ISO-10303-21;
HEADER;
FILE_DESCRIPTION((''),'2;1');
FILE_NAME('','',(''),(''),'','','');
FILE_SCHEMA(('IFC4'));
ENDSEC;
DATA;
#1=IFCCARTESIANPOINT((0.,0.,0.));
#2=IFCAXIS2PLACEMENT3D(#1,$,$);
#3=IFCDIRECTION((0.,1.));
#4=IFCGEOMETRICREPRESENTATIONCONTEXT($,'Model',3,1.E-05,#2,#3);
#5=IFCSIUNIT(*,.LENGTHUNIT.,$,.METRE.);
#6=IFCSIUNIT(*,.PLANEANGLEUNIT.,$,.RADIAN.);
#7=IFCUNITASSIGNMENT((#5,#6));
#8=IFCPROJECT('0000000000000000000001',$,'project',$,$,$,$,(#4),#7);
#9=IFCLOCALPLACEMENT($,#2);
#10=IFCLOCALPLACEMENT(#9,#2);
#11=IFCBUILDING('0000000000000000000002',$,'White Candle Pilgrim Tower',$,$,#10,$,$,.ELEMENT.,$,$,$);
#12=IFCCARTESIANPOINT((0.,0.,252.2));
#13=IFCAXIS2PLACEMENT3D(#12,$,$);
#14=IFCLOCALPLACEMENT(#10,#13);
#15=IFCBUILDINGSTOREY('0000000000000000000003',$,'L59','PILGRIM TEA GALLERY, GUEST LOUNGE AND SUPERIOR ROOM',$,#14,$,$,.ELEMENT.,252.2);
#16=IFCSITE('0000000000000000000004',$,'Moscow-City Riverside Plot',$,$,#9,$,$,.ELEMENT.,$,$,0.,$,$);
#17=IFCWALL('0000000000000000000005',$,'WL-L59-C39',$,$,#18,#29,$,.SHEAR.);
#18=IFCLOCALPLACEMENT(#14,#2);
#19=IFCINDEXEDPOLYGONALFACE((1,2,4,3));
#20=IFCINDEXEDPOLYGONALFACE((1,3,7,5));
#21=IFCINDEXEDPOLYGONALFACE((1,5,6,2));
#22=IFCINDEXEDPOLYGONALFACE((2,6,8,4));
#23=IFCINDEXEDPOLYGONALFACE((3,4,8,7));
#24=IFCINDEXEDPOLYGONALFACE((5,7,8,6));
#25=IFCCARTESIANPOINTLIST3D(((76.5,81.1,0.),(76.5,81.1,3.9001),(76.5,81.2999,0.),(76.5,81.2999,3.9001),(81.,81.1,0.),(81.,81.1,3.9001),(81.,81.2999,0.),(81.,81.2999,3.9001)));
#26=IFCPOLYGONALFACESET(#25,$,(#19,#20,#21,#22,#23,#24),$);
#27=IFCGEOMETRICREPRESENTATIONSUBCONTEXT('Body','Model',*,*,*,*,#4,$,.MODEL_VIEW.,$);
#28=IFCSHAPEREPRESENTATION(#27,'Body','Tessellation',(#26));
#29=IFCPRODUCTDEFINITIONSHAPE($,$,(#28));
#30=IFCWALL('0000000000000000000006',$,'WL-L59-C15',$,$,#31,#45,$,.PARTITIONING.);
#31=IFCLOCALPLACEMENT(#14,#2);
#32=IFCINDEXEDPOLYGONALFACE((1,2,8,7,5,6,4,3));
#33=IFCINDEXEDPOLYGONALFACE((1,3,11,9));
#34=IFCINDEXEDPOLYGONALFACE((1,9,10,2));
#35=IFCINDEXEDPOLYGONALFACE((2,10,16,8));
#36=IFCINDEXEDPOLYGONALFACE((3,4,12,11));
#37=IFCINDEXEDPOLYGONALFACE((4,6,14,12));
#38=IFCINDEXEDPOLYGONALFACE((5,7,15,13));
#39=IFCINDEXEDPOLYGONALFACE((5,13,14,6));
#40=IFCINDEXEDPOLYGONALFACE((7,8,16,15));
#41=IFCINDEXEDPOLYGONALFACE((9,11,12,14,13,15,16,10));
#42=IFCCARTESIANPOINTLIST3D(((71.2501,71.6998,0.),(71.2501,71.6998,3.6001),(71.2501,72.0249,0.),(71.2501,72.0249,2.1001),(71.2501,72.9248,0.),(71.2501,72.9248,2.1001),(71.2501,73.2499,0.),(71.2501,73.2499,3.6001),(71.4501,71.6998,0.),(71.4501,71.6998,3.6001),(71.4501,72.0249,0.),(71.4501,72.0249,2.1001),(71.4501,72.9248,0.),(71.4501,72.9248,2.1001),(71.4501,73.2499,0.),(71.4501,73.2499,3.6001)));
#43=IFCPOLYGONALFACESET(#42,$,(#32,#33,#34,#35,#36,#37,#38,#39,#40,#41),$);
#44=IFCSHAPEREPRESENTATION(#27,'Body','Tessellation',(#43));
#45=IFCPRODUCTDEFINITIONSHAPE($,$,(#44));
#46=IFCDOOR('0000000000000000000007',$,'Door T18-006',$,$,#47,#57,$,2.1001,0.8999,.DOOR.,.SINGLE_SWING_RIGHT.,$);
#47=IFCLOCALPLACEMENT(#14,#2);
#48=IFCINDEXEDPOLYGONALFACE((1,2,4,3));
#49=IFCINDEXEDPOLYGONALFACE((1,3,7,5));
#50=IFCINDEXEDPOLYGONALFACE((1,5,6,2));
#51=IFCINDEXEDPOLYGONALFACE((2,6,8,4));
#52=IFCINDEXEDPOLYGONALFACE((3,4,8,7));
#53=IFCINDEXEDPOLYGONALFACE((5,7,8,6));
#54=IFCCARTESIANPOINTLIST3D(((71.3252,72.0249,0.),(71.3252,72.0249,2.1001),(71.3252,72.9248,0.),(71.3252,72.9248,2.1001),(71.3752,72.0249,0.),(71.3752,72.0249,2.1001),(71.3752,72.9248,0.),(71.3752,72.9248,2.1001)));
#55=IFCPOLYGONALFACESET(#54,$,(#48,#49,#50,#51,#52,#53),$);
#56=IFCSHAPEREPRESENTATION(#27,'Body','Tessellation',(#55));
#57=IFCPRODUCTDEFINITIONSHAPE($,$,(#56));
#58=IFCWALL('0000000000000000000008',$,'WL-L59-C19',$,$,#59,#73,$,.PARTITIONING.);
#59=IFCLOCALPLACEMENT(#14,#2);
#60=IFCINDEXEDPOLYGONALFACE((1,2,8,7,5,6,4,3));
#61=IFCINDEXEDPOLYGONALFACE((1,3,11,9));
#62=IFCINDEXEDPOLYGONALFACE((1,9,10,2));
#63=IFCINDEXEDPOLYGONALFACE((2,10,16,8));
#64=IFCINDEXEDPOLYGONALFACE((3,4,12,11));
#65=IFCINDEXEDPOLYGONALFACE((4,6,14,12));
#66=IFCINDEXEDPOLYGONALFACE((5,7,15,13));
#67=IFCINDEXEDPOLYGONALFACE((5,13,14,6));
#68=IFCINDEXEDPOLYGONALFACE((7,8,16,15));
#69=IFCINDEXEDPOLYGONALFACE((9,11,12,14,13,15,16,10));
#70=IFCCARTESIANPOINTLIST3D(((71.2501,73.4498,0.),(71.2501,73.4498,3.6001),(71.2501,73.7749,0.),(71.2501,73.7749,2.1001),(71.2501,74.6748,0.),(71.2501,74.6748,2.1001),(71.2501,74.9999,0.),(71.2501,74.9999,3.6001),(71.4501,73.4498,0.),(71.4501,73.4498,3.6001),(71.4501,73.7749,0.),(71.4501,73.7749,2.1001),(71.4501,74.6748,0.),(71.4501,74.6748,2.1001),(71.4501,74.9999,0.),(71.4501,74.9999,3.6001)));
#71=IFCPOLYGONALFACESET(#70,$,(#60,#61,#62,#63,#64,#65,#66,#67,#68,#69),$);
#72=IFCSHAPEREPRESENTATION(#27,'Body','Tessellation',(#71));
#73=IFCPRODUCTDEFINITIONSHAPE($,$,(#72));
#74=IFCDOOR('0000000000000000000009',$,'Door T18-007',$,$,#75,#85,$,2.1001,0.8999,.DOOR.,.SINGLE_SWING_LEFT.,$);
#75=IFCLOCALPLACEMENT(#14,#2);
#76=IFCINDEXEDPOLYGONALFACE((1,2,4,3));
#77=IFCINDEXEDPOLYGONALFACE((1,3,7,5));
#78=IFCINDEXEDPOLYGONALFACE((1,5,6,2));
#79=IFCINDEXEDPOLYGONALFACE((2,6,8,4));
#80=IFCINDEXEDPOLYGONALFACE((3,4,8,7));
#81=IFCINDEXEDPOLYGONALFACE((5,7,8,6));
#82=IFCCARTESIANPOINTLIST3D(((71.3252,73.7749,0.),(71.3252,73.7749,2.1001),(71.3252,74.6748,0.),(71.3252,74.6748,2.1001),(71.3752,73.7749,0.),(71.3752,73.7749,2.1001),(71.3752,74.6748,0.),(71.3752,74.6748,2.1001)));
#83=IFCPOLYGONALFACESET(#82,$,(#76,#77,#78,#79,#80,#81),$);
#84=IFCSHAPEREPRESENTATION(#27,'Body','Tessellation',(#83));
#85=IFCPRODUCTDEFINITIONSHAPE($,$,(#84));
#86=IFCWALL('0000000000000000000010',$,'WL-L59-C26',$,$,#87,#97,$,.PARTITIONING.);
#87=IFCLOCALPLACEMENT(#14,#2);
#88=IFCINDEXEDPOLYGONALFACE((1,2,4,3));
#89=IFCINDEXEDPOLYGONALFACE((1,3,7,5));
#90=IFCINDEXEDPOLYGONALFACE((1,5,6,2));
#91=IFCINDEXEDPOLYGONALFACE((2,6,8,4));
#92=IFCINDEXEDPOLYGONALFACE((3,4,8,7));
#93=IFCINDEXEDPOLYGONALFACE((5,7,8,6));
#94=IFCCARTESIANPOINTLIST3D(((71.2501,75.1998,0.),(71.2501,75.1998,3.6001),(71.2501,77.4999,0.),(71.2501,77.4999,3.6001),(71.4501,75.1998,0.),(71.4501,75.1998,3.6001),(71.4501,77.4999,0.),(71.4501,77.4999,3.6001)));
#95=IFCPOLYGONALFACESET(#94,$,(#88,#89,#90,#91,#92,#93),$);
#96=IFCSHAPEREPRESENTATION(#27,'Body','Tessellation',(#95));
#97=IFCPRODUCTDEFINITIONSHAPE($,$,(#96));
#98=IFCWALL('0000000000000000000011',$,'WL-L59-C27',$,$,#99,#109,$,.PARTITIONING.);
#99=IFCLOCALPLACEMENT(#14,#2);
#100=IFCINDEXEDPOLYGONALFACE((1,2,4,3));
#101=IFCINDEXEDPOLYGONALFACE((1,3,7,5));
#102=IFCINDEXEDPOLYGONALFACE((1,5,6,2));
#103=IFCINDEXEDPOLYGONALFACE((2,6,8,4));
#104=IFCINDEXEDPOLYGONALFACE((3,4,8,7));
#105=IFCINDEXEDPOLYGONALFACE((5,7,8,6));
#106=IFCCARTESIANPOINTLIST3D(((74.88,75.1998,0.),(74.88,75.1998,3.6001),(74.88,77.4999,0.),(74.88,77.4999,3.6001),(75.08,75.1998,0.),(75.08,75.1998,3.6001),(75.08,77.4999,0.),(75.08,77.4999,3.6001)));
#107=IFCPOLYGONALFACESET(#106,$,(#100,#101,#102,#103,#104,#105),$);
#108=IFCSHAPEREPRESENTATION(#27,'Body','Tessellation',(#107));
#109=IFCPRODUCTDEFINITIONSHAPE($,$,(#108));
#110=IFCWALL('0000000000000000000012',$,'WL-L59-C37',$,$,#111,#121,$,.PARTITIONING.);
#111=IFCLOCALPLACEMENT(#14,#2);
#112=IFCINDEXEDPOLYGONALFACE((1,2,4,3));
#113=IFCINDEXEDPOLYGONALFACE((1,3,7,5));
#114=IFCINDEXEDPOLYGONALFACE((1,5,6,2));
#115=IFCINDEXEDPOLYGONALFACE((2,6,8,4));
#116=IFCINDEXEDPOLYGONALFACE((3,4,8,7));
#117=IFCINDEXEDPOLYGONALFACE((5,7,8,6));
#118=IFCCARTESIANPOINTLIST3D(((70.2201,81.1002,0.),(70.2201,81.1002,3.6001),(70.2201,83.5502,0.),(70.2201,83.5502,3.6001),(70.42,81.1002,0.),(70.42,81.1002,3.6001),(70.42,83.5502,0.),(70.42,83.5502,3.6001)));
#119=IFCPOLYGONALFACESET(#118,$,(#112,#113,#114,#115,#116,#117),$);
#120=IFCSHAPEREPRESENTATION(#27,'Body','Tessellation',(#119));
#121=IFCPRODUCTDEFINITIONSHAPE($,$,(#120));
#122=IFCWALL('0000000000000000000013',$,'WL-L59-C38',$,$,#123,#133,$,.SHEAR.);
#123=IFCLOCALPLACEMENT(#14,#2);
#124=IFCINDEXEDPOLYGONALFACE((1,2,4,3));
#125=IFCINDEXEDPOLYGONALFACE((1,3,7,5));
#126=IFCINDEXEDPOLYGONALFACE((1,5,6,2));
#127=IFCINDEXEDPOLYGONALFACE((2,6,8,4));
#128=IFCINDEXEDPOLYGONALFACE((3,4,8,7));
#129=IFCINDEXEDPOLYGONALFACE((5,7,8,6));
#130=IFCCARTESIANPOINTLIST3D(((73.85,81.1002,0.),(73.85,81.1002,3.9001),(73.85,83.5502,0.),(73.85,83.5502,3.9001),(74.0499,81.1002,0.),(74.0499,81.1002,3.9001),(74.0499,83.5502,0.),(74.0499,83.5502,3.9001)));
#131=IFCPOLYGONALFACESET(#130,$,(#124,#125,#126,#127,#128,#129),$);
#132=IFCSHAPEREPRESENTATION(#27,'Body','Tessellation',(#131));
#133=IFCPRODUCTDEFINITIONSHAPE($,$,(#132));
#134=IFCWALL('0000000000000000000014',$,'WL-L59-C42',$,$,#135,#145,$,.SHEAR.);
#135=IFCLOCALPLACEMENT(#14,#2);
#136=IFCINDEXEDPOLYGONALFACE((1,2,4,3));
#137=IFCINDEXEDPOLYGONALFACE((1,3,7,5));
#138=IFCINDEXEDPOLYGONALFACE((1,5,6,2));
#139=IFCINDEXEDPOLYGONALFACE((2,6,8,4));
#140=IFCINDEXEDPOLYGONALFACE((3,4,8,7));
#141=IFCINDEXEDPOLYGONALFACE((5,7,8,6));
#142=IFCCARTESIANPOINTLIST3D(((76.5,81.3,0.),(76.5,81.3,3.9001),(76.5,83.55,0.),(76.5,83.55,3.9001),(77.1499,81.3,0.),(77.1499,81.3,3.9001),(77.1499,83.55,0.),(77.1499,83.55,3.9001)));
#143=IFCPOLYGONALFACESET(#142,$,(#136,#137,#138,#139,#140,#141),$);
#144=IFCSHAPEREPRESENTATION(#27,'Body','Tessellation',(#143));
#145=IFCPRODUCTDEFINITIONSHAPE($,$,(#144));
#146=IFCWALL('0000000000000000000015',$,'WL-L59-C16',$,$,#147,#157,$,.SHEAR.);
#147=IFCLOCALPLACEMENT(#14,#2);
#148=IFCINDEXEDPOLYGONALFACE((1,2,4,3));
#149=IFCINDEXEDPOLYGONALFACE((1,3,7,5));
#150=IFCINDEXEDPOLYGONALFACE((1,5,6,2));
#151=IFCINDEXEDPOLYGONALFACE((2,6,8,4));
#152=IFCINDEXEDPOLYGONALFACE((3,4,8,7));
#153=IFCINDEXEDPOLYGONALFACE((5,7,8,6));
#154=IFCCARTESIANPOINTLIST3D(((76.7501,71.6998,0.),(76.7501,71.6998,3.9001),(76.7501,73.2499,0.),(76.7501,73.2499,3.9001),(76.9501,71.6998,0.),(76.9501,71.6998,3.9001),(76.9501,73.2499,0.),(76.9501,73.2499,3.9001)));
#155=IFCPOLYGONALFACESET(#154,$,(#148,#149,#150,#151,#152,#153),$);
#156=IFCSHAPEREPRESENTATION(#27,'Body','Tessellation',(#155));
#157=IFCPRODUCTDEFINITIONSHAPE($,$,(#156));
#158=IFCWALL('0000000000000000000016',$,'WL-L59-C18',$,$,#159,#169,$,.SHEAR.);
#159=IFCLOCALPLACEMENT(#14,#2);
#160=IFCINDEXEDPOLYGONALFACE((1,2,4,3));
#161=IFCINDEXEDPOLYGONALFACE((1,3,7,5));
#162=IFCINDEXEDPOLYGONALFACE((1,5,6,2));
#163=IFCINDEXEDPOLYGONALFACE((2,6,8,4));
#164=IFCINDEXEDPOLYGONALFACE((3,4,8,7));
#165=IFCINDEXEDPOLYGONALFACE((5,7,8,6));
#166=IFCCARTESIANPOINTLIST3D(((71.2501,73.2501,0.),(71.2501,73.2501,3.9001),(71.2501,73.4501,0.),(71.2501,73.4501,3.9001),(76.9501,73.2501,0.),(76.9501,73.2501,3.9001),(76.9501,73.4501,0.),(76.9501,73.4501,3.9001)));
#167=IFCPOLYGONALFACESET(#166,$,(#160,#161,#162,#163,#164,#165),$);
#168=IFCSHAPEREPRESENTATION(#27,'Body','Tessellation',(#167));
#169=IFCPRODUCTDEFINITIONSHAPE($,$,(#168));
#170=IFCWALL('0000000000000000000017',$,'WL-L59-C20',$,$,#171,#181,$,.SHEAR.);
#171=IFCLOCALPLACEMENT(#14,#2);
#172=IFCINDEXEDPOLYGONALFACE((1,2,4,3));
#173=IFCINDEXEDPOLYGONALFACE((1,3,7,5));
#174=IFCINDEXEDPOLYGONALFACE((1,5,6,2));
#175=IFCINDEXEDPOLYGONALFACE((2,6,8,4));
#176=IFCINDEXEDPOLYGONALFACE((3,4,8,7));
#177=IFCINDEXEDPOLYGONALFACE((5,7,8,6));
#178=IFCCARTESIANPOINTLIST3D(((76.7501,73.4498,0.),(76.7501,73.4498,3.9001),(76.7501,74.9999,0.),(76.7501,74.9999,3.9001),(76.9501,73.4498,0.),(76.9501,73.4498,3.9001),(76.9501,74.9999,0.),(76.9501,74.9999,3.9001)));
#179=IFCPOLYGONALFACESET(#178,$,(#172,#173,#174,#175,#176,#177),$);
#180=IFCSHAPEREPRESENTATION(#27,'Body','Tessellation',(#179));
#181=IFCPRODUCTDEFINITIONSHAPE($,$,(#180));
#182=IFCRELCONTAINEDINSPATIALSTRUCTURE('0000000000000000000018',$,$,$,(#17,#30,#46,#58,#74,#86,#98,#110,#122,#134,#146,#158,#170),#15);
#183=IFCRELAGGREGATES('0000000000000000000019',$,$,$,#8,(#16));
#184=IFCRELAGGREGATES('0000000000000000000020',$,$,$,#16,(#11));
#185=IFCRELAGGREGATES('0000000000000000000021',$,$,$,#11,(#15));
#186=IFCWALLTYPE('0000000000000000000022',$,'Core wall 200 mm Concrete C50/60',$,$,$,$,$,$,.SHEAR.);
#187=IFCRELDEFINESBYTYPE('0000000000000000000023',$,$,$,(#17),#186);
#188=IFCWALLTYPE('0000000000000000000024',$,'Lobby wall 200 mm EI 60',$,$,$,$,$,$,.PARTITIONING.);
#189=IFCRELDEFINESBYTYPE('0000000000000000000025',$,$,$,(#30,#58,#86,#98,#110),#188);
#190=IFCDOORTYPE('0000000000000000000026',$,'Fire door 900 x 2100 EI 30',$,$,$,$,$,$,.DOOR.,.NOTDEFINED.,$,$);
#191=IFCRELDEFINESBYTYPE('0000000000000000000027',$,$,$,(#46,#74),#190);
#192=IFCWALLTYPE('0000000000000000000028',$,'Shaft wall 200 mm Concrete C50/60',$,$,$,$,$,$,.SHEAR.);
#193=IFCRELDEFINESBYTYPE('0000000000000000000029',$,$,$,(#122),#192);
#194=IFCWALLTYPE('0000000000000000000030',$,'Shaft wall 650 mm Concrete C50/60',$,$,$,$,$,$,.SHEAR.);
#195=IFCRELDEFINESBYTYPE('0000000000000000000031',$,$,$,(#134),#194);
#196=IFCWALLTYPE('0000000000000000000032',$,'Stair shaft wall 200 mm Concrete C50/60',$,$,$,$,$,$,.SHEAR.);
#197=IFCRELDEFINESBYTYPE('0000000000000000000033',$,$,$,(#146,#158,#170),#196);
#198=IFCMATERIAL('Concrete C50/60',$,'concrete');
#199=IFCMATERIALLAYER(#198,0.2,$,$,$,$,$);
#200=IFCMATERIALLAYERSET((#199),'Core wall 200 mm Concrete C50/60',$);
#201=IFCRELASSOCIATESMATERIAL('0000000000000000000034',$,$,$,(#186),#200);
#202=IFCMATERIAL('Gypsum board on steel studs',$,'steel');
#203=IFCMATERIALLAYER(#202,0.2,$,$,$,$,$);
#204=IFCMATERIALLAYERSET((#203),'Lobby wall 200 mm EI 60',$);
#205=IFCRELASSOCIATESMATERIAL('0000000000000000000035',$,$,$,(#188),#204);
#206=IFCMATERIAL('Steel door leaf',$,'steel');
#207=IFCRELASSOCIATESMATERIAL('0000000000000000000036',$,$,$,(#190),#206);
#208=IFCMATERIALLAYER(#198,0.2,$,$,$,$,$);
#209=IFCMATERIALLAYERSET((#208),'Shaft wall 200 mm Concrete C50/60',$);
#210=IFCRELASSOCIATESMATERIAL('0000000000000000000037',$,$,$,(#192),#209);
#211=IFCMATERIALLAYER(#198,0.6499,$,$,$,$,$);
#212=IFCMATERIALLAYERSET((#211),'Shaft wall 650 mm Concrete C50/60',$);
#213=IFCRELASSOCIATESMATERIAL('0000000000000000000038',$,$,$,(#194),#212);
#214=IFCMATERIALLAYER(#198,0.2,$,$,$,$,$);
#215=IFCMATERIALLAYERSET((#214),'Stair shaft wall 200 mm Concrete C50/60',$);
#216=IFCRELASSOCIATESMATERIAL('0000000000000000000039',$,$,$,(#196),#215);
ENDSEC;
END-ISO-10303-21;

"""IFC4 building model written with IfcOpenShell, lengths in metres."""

from ifc_helpers import new_model, si_unit, direction, frame, frame_2d, origin, place, context, subcontext, project, spatial, rectangle, extrude, material, layer, layer_set, type_object, element, fill, save


model = new_model("IFC4")

# Units and contexts
model_context = context("Model", 3, precision=1e-05, world=origin(), true_north=direction((0.0, 1.0)))
body_context = subcontext(model_context, "Body", "Model", "MODEL_VIEW")
ifc_project = project(units=[si_unit("LENGTHUNIT", "METRE"), si_unit("PLANEANGLEUNIT", "RADIAN")], contexts=[model_context])

# Site, building, storey
site_placement = place(None, origin())
site = spatial("IfcSite", under=ifc_project, at=site_placement, Name="Moscow-City Riverside Plot", CompositionType="ELEMENT", RefElevation=0.0)
building_placement = place(site_placement, origin())
building = spatial("IfcBuilding", under=site, at=building_placement, Name="White Candle Pilgrim Tower", CompositionType="ELEMENT")
storey_placement = place(building_placement, frame((0.0, 0.0, 252.2)))
storey = spatial("IfcBuildingStorey", under=building, at=storey_placement, Name="L59", Description="PILGRIM TEA GALLERY, GUEST LOUNGE AND SUPERIOR ROOM", CompositionType="ELEMENT", Elevation=252.2)

# Wall
ifc_material_1 = material(Name="Concrete C50/60", Category="concrete")
ifc_layer_1 = layer(ifc_material_1, 0.2)
ifc_layer_set_1 = layer_set([ifc_layer_1], Name="Core wall 200 mm Concrete C50/60")
wall_type_1 = type_object("IfcWallType", Name="Core wall 200 mm Concrete C50/60", PredefinedType="SHEAR", material=ifc_layer_set_1)
wall_1_placement = place(storey_placement, frame((76.5, 81.2, 0.0), z_axis=(0.0, 0.0, 1.0), x_axis=(1.0, 0.0, 0.0)))
element("IfcWall", 1, at=wall_1_placement, inside=storey, type_object=wall_type_1, Name="WL-L59-C39", PredefinedType="SHEAR", context=body_context, shape_type="SweptSolid", body=[
    extrude(rectangle(XDim=4.5, YDim=0.2, at=frame_2d((2.25, 0.0))), origin(), (0.0, 0.0, 1.0), 3.9001),
])

# Walls, openings, doors
ifc_material_2 = material(Name="Gypsum board on steel studs", Category="steel")
ifc_layer_2 = layer(ifc_material_2, 0.2)
ifc_layer_set_2 = layer_set([ifc_layer_2], Name="Lobby wall 200 mm EI 60")
wall_type_2 = type_object("IfcWallType", Name="Lobby wall 200 mm EI 60", PredefinedType="PARTITIONING", material=ifc_layer_set_2)
wall_2_placement = place(storey_placement, frame((71.3501, 71.7, 0.0), z_axis=(0.0, 0.0, 1.0), x_axis=(0.0, 1.0, 0.0)))
wall_2 = element("IfcWall", 2, at=wall_2_placement, inside=storey, type_object=wall_type_2, Name="WL-L59-C15", PredefinedType="PARTITIONING", context=body_context, shape_type="SweptSolid", body=[
    extrude(rectangle(XDim=1.55, YDim=0.2, at=frame_2d((0.7749, 0.0))), origin(), (0.0, 0.0, 1.0), 3.6001),
])
opening_1_placement = place(wall_2_placement, frame((0.325, 0.0, 0.0)))
opening_1 = element("IfcOpeningElement", 3, at=opening_1_placement, cuts=wall_2, PredefinedType="OPENING", context=body_context, shape_type="SweptSolid", body=[
    extrude(rectangle(XDim=0.8999, YDim=2.1001, at=frame_2d((0.45, 1.05))), frame((0.0, 0.1099, 0.0), z_axis=(0.0, -1.0, 0.0), x_axis=(1.0, 0.0, 0.0)), (0.0, 0.0, 1.0), 0.22),
])
ifc_material_3 = material(Name="Steel door leaf", Category="steel")
door_type = type_object("IfcDoorType", Name="Fire door 900 x 2100 EI 30", OperationType="NOTDEFINED", PredefinedType="DOOR", material=ifc_material_3)
door_1_placement = place(opening_1_placement, origin())
door_1 = element("IfcDoor", 4, at=door_1_placement, inside=storey, type_object=door_type, Name="Door T18-006", OperationType="SINGLE_SWING_RIGHT", OverallHeight=2.1001, OverallWidth=0.8999, PredefinedType="DOOR", context=body_context, shape_type="SweptSolid", body=[
    extrude(rectangle(XDim=0.8999, YDim=2.1001, at=frame_2d((0.45, 1.05))), frame((0.0, 0.0249, 0.0), z_axis=(0.0, -1.0, 0.0), x_axis=(1.0, 0.0, 0.0)), (0.0, 0.0, 1.0), 0.05),
])
fill(opening_1, door_1)
wall_3_placement = place(storey_placement, frame((71.3501, 73.45, 0.0), z_axis=(0.0, 0.0, 1.0), x_axis=(0.0, 1.0, 0.0)))
wall_3 = element("IfcWall", 5, at=wall_3_placement, inside=storey, type_object=wall_type_2, Name="WL-L59-C19", PredefinedType="PARTITIONING", context=body_context, shape_type="SweptSolid", body=[
    extrude(rectangle(XDim=1.55, YDim=0.2, at=frame_2d((0.7749, 0.0))), origin(), (0.0, 0.0, 1.0), 3.6001),
])
opening_2_placement = place(wall_3_placement, frame((0.325, 0.0, 0.0)))
opening_2 = element("IfcOpeningElement", 6, at=opening_2_placement, cuts=wall_3, PredefinedType="OPENING", context=body_context, shape_type="SweptSolid", body=[
    extrude(rectangle(XDim=0.8999, YDim=2.1001, at=frame_2d((0.45, 1.05))), frame((0.0, 0.1099, 0.0), z_axis=(0.0, -1.0, 0.0), x_axis=(1.0, 0.0, 0.0)), (0.0, 0.0, 1.0), 0.22),
])
door_2_placement = place(opening_2_placement, origin())
door_2 = element("IfcDoor", 7, at=door_2_placement, inside=storey, type_object=door_type, Name="Door T18-007", OperationType="SINGLE_SWING_LEFT", OverallHeight=2.1001, OverallWidth=0.8999, PredefinedType="DOOR", context=body_context, shape_type="SweptSolid", body=[
    extrude(rectangle(XDim=0.8999, YDim=2.1001, at=frame_2d((0.45, 1.05))), frame((0.0, 0.0249, 0.0), z_axis=(0.0, -1.0, 0.0), x_axis=(1.0, 0.0, 0.0)), (0.0, 0.0, 1.0), 0.05),
])
fill(opening_2, door_2)

# Walls
for number, where, z_axis, x_axis, name in (
    (8, (71.3501, 75.2, 0.0), (0.0, 0.0, 1.0), (0.0, 1.0, 0.0), "WL-L59-C26"),
    (9, (74.98, 75.2, 0.0), (0.0, 0.0, 1.0), (0.0, 1.0, 0.0), "WL-L59-C27"),
):
    element("IfcWall", number, at=place(storey_placement, frame(where, z_axis=z_axis, x_axis=x_axis)), inside=storey, type_object=wall_type_2, Name=name, PredefinedType="PARTITIONING", context=body_context, shape_type="SweptSolid", body=[
        extrude(rectangle(XDim=2.3, YDim=0.2, at=frame_2d((1.1499, 0.0))), origin(), (0.0, 0.0, 1.0), 3.6001),
    ])
wall_4_placement = place(storey_placement, frame((70.3201, 81.1001, 0.0), z_axis=(0.0, 0.0, 1.0), x_axis=(0.0, 1.0, 0.0)))
element("IfcWall", 10, at=wall_4_placement, inside=storey, type_object=wall_type_2, Name="WL-L59-C37", PredefinedType="PARTITIONING", context=body_context, shape_type="SweptSolid", body=[
    extrude(rectangle(XDim=2.45, YDim=0.2, at=frame_2d((1.2251, 0.0))), origin(), (0.0, 0.0, 1.0), 3.6001),
])
ifc_layer_3 = layer(ifc_material_1, 0.2)
ifc_layer_set_3 = layer_set([ifc_layer_3], Name="Shaft wall 200 mm Concrete C50/60")
wall_type_3 = type_object("IfcWallType", Name="Shaft wall 200 mm Concrete C50/60", PredefinedType="SHEAR", material=ifc_layer_set_3)
wall_5_placement = place(storey_placement, frame((73.95, 81.1001, 0.0), z_axis=(0.0, 0.0, 1.0), x_axis=(0.0, 1.0, 0.0)))
element("IfcWall", 11, at=wall_5_placement, inside=storey, type_object=wall_type_3, Name="WL-L59-C38", PredefinedType="SHEAR", context=body_context, shape_type="SweptSolid", body=[
    extrude(rectangle(XDim=2.45, YDim=0.2, at=frame_2d((1.2251, 0.0))), origin(), (0.0, 0.0, 1.0), 3.9001),
])
ifc_layer_4 = layer(ifc_material_1, 0.6499)
ifc_layer_set_4 = layer_set([ifc_layer_4], Name="Shaft wall 650 mm Concrete C50/60")
wall_type_4 = type_object("IfcWallType", Name="Shaft wall 650 mm Concrete C50/60", PredefinedType="SHEAR", material=ifc_layer_set_4)
wall_6_placement = place(storey_placement, frame((76.825, 81.3, 0.0), z_axis=(0.0, 0.0, 1.0), x_axis=(0.0, 1.0, 0.0)))
element("IfcWall", 12, at=wall_6_placement, inside=storey, type_object=wall_type_4, Name="WL-L59-C42", PredefinedType="SHEAR", context=body_context, shape_type="SweptSolid", body=[
    extrude(rectangle(XDim=2.25, YDim=0.6499, at=frame_2d((1.125, 0.0))), origin(), (0.0, 0.0, 1.0), 3.9001),
])
ifc_layer_5 = layer(ifc_material_1, 0.2)
ifc_layer_set_5 = layer_set([ifc_layer_5], Name="Stair shaft wall 200 mm Concrete C50/60")
wall_type_5 = type_object("IfcWallType", Name="Stair shaft wall 200 mm Concrete C50/60", PredefinedType="SHEAR", material=ifc_layer_set_5)
wall_7_placement = place(storey_placement, frame((76.8501, 71.7, 0.0), z_axis=(0.0, 0.0, 1.0), x_axis=(0.0, 1.0, 0.0)))
element("IfcWall", 13, at=wall_7_placement, inside=storey, type_object=wall_type_5, Name="WL-L59-C16", PredefinedType="SHEAR", context=body_context, shape_type="SweptSolid", body=[
    extrude(rectangle(XDim=1.55, YDim=0.2, at=frame_2d((0.7749, 0.0))), origin(), (0.0, 0.0, 1.0), 3.9001),
])
wall_8_placement = place(storey_placement, frame((71.25, 73.3501, 0.0), z_axis=(0.0, 0.0, 1.0), x_axis=(1.0, 0.0, 0.0)))
element("IfcWall", 14, at=wall_8_placement, inside=storey, type_object=wall_type_5, Name="WL-L59-C18", PredefinedType="SHEAR", context=body_context, shape_type="SweptSolid", body=[
    extrude(rectangle(XDim=5.7, YDim=0.2, at=frame_2d((2.8501, 0.0))), origin(), (0.0, 0.0, 1.0), 3.9001),
])
wall_9_placement = place(storey_placement, frame((76.8501, 73.45, 0.0), z_axis=(0.0, 0.0, 1.0), x_axis=(0.0, 1.0, 0.0)))
element("IfcWall", 15, at=wall_9_placement, inside=storey, type_object=wall_type_5, Name="WL-L59-C20", PredefinedType="SHEAR", context=body_context, shape_type="SweptSolid", body=[
    extrude(rectangle(XDim=1.55, YDim=0.2, at=frame_2d((0.7749, 0.0))), origin(), (0.0, 0.0, 1.0), 3.9001),
])

save(model, "model.ifc")
